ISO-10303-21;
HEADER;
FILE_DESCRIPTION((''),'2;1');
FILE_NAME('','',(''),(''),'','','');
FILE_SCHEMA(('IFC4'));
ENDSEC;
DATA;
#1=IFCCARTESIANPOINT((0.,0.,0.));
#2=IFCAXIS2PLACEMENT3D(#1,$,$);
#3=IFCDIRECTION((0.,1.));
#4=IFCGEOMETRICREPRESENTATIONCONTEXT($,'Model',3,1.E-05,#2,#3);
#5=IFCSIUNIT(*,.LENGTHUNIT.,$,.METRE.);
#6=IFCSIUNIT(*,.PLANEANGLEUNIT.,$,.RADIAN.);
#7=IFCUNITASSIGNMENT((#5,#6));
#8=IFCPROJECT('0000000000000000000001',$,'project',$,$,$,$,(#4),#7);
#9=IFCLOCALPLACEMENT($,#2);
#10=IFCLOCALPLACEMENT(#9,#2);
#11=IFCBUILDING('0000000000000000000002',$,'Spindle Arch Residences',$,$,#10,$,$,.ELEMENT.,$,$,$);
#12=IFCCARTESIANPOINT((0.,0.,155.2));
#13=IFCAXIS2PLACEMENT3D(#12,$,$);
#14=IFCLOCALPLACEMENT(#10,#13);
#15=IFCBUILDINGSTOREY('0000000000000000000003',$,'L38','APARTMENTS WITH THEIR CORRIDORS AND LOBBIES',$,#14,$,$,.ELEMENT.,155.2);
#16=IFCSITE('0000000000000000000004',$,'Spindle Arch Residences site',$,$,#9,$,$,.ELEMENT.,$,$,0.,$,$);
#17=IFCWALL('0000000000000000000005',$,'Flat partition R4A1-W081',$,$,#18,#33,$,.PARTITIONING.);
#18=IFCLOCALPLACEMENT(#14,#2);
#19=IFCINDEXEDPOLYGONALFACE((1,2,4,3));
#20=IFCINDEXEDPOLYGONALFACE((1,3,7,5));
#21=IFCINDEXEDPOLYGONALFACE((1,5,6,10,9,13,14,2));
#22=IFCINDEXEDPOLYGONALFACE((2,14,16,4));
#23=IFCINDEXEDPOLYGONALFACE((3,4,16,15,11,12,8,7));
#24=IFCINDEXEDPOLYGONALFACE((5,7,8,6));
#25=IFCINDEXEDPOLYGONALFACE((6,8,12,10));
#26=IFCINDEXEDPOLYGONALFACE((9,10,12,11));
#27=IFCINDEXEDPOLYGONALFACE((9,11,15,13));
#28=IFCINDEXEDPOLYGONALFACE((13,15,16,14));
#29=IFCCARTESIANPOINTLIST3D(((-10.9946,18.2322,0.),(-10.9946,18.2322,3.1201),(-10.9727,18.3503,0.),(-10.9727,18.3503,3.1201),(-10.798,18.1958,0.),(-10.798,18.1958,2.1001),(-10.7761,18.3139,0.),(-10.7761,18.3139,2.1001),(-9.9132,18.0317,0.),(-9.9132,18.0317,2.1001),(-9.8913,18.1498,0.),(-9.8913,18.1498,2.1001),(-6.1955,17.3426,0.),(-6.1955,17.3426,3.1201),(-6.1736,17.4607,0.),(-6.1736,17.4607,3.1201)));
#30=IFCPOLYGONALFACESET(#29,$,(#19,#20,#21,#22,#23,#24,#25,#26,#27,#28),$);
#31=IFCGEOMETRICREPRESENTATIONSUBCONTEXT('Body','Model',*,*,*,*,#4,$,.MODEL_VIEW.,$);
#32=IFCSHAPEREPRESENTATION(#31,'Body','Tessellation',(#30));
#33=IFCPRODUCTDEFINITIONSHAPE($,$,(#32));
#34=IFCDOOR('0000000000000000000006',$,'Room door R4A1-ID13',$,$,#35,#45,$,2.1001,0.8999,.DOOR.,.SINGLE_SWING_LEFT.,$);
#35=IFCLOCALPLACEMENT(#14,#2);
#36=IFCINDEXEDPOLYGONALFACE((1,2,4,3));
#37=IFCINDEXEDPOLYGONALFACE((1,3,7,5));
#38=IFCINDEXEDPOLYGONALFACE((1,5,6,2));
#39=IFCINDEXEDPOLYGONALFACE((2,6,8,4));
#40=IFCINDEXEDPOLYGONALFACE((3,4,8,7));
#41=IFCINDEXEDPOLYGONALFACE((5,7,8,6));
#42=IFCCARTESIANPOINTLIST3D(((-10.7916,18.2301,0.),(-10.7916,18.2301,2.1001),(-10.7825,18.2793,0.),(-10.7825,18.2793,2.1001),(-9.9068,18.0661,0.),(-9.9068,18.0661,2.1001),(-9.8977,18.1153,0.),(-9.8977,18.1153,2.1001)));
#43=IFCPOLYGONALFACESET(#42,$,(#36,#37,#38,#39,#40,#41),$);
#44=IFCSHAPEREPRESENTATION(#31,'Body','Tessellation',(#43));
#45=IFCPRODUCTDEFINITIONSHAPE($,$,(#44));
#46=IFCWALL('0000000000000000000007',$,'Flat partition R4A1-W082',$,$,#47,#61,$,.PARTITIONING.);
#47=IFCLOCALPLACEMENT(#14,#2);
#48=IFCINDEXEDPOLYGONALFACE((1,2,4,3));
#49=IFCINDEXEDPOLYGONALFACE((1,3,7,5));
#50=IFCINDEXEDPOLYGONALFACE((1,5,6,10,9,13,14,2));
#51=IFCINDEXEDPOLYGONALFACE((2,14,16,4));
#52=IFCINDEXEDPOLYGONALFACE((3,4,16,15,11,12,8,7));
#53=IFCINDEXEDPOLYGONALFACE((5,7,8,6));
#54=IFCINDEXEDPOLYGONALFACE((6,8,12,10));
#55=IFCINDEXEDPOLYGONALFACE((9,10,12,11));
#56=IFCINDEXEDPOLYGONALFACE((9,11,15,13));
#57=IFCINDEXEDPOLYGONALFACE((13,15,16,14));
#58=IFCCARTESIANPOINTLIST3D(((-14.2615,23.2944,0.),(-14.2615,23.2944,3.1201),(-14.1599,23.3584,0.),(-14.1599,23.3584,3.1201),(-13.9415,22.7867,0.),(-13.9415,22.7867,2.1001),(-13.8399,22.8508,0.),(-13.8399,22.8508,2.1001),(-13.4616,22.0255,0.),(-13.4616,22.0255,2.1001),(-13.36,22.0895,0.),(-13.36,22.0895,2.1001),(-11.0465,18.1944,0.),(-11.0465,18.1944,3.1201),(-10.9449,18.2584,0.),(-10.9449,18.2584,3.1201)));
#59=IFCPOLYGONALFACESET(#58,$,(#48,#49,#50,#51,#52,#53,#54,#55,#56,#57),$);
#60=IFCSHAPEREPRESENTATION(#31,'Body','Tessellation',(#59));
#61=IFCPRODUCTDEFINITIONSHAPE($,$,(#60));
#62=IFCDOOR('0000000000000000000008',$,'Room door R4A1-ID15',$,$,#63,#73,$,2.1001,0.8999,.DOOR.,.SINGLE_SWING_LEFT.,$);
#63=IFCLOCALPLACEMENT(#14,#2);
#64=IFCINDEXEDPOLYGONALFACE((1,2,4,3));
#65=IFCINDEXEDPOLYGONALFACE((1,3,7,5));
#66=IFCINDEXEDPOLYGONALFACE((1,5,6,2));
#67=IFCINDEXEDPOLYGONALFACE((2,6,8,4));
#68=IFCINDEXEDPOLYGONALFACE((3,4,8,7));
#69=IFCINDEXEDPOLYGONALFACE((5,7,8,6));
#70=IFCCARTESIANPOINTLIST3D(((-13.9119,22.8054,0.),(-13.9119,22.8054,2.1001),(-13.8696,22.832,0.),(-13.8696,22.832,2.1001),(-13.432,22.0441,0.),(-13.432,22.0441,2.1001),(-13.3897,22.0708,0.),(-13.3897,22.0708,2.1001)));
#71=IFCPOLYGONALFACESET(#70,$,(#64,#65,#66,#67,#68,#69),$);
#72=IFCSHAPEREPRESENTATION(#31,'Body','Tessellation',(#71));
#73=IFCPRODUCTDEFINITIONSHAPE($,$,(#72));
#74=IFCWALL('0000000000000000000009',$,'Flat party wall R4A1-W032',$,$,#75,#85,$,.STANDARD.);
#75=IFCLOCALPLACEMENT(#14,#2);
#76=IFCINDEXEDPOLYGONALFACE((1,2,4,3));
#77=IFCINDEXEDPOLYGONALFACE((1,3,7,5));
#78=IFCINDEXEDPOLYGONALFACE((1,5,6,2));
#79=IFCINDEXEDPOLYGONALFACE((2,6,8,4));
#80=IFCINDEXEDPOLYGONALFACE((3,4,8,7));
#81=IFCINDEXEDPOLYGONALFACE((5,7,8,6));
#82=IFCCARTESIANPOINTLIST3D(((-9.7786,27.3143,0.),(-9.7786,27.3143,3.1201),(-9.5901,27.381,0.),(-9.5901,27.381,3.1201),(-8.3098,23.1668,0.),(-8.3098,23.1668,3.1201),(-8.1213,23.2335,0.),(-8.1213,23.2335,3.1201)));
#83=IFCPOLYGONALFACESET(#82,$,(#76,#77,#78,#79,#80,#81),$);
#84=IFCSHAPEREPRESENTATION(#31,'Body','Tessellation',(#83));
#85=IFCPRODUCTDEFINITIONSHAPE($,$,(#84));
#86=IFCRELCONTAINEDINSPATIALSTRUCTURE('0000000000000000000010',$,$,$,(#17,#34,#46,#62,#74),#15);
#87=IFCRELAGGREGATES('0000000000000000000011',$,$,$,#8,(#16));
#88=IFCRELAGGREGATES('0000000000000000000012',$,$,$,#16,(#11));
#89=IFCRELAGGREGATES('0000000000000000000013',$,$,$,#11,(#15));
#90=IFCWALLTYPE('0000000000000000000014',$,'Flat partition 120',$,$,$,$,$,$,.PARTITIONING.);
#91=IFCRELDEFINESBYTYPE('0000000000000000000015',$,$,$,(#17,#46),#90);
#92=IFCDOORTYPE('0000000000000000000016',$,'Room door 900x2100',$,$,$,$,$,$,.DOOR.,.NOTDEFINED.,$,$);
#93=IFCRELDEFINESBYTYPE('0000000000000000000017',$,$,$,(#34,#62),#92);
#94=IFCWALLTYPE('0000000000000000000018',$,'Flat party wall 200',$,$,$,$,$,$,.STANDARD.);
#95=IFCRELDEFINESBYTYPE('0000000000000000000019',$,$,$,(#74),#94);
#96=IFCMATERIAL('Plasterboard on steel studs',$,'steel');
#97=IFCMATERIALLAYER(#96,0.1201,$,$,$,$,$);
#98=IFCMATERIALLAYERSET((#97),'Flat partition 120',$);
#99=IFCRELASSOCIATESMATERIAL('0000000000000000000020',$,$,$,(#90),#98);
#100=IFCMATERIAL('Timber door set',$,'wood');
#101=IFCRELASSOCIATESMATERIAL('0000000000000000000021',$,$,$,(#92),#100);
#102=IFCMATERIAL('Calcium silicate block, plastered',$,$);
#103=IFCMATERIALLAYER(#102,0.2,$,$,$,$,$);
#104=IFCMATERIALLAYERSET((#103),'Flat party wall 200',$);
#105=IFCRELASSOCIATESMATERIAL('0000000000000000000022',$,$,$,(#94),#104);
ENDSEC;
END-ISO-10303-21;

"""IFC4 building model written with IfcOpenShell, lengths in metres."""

from ifc_helpers import new_model, si_unit, direction, frame, frame_2d, origin, place, context, subcontext, project, spatial, rectangle, extrude, material, layer, layer_set, type_object, element, fill, save


model = new_model("IFC4")

# Units and contexts
model_context = context("Model", 3, precision=1e-05, world=origin(), true_north=direction((0.0, 1.0)))
body_context = subcontext(model_context, "Body", "Model", "MODEL_VIEW")
ifc_project = project(units=[si_unit("LENGTHUNIT", "METRE"), si_unit("PLANEANGLEUNIT", "RADIAN")], contexts=[model_context])

# Site, building, storey
site_placement = place(None, origin())
site = spatial("IfcSite", under=ifc_project, at=site_placement, Name="Spindle Arch Residences site", CompositionType="ELEMENT", RefElevation=0.0)
building_placement = place(site_placement, origin())
building = spatial("IfcBuilding", under=site, at=building_placement, Name="Spindle Arch Residences", CompositionType="ELEMENT")
storey_placement = place(building_placement, frame((0.0, 0.0, 155.2)))
storey = spatial("IfcBuildingStorey", under=building, at=storey_placement, Name="L38", Description="APARTMENTS WITH THEIR CORRIDORS AND LOBBIES", CompositionType="ELEMENT", Elevation=155.2)

# Shared definitions
ifc_material_1 = material(Name="Plasterboard on steel studs", Category="steel")
ifc_layer_1 = layer(ifc_material_1, 0.1201)
ifc_layer_set_1 = layer_set([ifc_layer_1], Name="Flat partition 120")
wall_type_1 = type_object("IfcWallType", Name="Flat partition 120", PredefinedType="PARTITIONING", material=ifc_layer_set_1)

# Walls, openings, doors
ifc_material_2 = material(Name="Timber door set", Category="wood")
door_type = type_object("IfcDoorType", Name="Room door 900x2100", OperationType="NOTDEFINED", PredefinedType="DOOR", material=ifc_material_2)
wall_1_placement = place(storey_placement, frame((-10.9836, 18.2913, 0.0), z_axis=(0.0, 0.0, 1.0), x_axis=(0.983248, -0.182274, 0.0)))
wall_1 = element("IfcWall", 1, at=wall_1_placement, inside=storey, type_object=wall_type_1, Name="Flat partition R4A1-W081", PredefinedType="PARTITIONING", context=body_context, shape_type="SweptSolid", body=[
    extrude(rectangle(XDim=4.8809, YDim=0.1201, at=frame_2d((2.4404, 0.0))), origin(), (0.0, 0.0, 1.0), 3.1201),
])
opening_1_placement = place(wall_1_placement, frame((0.2, 0.0, 0.0)))
opening_1 = element("IfcOpeningElement", 2, at=opening_1_placement, cuts=wall_1, PredefinedType="OPENING", context=body_context, shape_type="SweptSolid", body=[
    extrude(rectangle(XDim=0.8999, YDim=2.1001, at=frame_2d((0.45, 1.05))), frame((0.0, 0.0701, 0.0), z_axis=(0.0, -1.0, 0.0), x_axis=(1.0, 0.0, 0.0)), (0.0, 0.0, 1.0), 0.1401),
])
door_1_placement = place(opening_1_placement, origin())
door_1 = element("IfcDoor", 3, at=door_1_placement, inside=storey, type_object=door_type, Name="Room door R4A1-ID13", OperationType="SINGLE_SWING_LEFT", OverallHeight=2.1001, OverallWidth=0.8999, PredefinedType="DOOR", context=body_context, shape_type="SweptSolid", body=[
    extrude(rectangle(XDim=0.8999, YDim=2.1001, at=frame_2d((0.45, 1.05))), frame((0.0, 0.0249, 0.0), z_axis=(0.0, -1.0, 0.0), x_axis=(1.0, 0.0, 0.0)), (0.0, 0.0, 1.0), 0.05),
])
fill(opening_1, door_1)
wall_2_placement = place(storey_placement, frame((-14.2107, 23.3264, 0.0), z_axis=(0.0, 0.0, 1.0), x_axis=(0.533278, -0.84594, 0.0)))
wall_2 = element("IfcWall", 4, at=wall_2_placement, inside=storey, type_object=wall_type_1, Name="Flat partition R4A1-W082", PredefinedType="PARTITIONING", context=body_context, shape_type="SweptSolid", body=[
    extrude(rectangle(XDim=6.0288, YDim=0.1201, at=frame_2d((3.0144, 0.0))), origin(), (0.0, 0.0, 1.0), 3.1201),
])
opening_2_placement = place(wall_2_placement, frame((0.6001, 0.0, 0.0)))
opening_2 = element("IfcOpeningElement", 5, at=opening_2_placement, cuts=wall_2, PredefinedType="OPENING", context=body_context, shape_type="SweptSolid", body=[
    extrude(rectangle(XDim=0.8999, YDim=2.1001, at=frame_2d((0.45, 1.05))), frame((0.0, 0.0701, 0.0), z_axis=(0.0, -1.0, 0.0), x_axis=(1.0, 0.0, 0.0)), (0.0, 0.0, 1.0), 0.1401),
])
door_2_placement = place(opening_2_placement, origin())
door_2 = element("IfcDoor", 6, at=door_2_placement, inside=storey, type_object=door_type, Name="Room door R4A1-ID15", OperationType="SINGLE_SWING_LEFT", OverallHeight=2.1001, OverallWidth=0.8999, PredefinedType="DOOR", context=body_context, shape_type="SweptSolid", body=[
    extrude(rectangle(XDim=0.8999, YDim=2.1001, at=frame_2d((0.45, 1.05))), frame((0.0, 0.0249, 0.0), z_axis=(0.0, -1.0, 0.0), x_axis=(1.0, 0.0, 0.0)), (0.0, 0.0, 1.0), 0.05),
])
fill(opening_2, door_2)

# Wall
ifc_material_3 = material(Name="Calcium silicate block, plastered")
ifc_layer_2 = layer(ifc_material_3, 0.2)
ifc_layer_set_2 = layer_set([ifc_layer_2], Name="Flat party wall 200")
wall_type_2 = type_object("IfcWallType", Name="Flat party wall 200", PredefinedType="STANDARD", material=ifc_layer_set_2)
wall_3_placement = place(storey_placement, frame((-9.6843, 27.3477, 0.0), z_axis=(0.0, 0.0, 1.0), x_axis=(0.333818, -0.942637, 0.0)))
element("IfcWall", 7, at=wall_3_placement, inside=storey, type_object=wall_type_2, Name="Flat party wall R4A1-W032", PredefinedType="STANDARD", context=body_context, shape_type="SweptSolid", body=[
    extrude(rectangle(XDim=4.3999, YDim=0.2, at=frame_2d((2.2, 0.0))), origin(), (0.0, 0.0, 1.0), 3.1201),
])

save(model, "model.ifc")
